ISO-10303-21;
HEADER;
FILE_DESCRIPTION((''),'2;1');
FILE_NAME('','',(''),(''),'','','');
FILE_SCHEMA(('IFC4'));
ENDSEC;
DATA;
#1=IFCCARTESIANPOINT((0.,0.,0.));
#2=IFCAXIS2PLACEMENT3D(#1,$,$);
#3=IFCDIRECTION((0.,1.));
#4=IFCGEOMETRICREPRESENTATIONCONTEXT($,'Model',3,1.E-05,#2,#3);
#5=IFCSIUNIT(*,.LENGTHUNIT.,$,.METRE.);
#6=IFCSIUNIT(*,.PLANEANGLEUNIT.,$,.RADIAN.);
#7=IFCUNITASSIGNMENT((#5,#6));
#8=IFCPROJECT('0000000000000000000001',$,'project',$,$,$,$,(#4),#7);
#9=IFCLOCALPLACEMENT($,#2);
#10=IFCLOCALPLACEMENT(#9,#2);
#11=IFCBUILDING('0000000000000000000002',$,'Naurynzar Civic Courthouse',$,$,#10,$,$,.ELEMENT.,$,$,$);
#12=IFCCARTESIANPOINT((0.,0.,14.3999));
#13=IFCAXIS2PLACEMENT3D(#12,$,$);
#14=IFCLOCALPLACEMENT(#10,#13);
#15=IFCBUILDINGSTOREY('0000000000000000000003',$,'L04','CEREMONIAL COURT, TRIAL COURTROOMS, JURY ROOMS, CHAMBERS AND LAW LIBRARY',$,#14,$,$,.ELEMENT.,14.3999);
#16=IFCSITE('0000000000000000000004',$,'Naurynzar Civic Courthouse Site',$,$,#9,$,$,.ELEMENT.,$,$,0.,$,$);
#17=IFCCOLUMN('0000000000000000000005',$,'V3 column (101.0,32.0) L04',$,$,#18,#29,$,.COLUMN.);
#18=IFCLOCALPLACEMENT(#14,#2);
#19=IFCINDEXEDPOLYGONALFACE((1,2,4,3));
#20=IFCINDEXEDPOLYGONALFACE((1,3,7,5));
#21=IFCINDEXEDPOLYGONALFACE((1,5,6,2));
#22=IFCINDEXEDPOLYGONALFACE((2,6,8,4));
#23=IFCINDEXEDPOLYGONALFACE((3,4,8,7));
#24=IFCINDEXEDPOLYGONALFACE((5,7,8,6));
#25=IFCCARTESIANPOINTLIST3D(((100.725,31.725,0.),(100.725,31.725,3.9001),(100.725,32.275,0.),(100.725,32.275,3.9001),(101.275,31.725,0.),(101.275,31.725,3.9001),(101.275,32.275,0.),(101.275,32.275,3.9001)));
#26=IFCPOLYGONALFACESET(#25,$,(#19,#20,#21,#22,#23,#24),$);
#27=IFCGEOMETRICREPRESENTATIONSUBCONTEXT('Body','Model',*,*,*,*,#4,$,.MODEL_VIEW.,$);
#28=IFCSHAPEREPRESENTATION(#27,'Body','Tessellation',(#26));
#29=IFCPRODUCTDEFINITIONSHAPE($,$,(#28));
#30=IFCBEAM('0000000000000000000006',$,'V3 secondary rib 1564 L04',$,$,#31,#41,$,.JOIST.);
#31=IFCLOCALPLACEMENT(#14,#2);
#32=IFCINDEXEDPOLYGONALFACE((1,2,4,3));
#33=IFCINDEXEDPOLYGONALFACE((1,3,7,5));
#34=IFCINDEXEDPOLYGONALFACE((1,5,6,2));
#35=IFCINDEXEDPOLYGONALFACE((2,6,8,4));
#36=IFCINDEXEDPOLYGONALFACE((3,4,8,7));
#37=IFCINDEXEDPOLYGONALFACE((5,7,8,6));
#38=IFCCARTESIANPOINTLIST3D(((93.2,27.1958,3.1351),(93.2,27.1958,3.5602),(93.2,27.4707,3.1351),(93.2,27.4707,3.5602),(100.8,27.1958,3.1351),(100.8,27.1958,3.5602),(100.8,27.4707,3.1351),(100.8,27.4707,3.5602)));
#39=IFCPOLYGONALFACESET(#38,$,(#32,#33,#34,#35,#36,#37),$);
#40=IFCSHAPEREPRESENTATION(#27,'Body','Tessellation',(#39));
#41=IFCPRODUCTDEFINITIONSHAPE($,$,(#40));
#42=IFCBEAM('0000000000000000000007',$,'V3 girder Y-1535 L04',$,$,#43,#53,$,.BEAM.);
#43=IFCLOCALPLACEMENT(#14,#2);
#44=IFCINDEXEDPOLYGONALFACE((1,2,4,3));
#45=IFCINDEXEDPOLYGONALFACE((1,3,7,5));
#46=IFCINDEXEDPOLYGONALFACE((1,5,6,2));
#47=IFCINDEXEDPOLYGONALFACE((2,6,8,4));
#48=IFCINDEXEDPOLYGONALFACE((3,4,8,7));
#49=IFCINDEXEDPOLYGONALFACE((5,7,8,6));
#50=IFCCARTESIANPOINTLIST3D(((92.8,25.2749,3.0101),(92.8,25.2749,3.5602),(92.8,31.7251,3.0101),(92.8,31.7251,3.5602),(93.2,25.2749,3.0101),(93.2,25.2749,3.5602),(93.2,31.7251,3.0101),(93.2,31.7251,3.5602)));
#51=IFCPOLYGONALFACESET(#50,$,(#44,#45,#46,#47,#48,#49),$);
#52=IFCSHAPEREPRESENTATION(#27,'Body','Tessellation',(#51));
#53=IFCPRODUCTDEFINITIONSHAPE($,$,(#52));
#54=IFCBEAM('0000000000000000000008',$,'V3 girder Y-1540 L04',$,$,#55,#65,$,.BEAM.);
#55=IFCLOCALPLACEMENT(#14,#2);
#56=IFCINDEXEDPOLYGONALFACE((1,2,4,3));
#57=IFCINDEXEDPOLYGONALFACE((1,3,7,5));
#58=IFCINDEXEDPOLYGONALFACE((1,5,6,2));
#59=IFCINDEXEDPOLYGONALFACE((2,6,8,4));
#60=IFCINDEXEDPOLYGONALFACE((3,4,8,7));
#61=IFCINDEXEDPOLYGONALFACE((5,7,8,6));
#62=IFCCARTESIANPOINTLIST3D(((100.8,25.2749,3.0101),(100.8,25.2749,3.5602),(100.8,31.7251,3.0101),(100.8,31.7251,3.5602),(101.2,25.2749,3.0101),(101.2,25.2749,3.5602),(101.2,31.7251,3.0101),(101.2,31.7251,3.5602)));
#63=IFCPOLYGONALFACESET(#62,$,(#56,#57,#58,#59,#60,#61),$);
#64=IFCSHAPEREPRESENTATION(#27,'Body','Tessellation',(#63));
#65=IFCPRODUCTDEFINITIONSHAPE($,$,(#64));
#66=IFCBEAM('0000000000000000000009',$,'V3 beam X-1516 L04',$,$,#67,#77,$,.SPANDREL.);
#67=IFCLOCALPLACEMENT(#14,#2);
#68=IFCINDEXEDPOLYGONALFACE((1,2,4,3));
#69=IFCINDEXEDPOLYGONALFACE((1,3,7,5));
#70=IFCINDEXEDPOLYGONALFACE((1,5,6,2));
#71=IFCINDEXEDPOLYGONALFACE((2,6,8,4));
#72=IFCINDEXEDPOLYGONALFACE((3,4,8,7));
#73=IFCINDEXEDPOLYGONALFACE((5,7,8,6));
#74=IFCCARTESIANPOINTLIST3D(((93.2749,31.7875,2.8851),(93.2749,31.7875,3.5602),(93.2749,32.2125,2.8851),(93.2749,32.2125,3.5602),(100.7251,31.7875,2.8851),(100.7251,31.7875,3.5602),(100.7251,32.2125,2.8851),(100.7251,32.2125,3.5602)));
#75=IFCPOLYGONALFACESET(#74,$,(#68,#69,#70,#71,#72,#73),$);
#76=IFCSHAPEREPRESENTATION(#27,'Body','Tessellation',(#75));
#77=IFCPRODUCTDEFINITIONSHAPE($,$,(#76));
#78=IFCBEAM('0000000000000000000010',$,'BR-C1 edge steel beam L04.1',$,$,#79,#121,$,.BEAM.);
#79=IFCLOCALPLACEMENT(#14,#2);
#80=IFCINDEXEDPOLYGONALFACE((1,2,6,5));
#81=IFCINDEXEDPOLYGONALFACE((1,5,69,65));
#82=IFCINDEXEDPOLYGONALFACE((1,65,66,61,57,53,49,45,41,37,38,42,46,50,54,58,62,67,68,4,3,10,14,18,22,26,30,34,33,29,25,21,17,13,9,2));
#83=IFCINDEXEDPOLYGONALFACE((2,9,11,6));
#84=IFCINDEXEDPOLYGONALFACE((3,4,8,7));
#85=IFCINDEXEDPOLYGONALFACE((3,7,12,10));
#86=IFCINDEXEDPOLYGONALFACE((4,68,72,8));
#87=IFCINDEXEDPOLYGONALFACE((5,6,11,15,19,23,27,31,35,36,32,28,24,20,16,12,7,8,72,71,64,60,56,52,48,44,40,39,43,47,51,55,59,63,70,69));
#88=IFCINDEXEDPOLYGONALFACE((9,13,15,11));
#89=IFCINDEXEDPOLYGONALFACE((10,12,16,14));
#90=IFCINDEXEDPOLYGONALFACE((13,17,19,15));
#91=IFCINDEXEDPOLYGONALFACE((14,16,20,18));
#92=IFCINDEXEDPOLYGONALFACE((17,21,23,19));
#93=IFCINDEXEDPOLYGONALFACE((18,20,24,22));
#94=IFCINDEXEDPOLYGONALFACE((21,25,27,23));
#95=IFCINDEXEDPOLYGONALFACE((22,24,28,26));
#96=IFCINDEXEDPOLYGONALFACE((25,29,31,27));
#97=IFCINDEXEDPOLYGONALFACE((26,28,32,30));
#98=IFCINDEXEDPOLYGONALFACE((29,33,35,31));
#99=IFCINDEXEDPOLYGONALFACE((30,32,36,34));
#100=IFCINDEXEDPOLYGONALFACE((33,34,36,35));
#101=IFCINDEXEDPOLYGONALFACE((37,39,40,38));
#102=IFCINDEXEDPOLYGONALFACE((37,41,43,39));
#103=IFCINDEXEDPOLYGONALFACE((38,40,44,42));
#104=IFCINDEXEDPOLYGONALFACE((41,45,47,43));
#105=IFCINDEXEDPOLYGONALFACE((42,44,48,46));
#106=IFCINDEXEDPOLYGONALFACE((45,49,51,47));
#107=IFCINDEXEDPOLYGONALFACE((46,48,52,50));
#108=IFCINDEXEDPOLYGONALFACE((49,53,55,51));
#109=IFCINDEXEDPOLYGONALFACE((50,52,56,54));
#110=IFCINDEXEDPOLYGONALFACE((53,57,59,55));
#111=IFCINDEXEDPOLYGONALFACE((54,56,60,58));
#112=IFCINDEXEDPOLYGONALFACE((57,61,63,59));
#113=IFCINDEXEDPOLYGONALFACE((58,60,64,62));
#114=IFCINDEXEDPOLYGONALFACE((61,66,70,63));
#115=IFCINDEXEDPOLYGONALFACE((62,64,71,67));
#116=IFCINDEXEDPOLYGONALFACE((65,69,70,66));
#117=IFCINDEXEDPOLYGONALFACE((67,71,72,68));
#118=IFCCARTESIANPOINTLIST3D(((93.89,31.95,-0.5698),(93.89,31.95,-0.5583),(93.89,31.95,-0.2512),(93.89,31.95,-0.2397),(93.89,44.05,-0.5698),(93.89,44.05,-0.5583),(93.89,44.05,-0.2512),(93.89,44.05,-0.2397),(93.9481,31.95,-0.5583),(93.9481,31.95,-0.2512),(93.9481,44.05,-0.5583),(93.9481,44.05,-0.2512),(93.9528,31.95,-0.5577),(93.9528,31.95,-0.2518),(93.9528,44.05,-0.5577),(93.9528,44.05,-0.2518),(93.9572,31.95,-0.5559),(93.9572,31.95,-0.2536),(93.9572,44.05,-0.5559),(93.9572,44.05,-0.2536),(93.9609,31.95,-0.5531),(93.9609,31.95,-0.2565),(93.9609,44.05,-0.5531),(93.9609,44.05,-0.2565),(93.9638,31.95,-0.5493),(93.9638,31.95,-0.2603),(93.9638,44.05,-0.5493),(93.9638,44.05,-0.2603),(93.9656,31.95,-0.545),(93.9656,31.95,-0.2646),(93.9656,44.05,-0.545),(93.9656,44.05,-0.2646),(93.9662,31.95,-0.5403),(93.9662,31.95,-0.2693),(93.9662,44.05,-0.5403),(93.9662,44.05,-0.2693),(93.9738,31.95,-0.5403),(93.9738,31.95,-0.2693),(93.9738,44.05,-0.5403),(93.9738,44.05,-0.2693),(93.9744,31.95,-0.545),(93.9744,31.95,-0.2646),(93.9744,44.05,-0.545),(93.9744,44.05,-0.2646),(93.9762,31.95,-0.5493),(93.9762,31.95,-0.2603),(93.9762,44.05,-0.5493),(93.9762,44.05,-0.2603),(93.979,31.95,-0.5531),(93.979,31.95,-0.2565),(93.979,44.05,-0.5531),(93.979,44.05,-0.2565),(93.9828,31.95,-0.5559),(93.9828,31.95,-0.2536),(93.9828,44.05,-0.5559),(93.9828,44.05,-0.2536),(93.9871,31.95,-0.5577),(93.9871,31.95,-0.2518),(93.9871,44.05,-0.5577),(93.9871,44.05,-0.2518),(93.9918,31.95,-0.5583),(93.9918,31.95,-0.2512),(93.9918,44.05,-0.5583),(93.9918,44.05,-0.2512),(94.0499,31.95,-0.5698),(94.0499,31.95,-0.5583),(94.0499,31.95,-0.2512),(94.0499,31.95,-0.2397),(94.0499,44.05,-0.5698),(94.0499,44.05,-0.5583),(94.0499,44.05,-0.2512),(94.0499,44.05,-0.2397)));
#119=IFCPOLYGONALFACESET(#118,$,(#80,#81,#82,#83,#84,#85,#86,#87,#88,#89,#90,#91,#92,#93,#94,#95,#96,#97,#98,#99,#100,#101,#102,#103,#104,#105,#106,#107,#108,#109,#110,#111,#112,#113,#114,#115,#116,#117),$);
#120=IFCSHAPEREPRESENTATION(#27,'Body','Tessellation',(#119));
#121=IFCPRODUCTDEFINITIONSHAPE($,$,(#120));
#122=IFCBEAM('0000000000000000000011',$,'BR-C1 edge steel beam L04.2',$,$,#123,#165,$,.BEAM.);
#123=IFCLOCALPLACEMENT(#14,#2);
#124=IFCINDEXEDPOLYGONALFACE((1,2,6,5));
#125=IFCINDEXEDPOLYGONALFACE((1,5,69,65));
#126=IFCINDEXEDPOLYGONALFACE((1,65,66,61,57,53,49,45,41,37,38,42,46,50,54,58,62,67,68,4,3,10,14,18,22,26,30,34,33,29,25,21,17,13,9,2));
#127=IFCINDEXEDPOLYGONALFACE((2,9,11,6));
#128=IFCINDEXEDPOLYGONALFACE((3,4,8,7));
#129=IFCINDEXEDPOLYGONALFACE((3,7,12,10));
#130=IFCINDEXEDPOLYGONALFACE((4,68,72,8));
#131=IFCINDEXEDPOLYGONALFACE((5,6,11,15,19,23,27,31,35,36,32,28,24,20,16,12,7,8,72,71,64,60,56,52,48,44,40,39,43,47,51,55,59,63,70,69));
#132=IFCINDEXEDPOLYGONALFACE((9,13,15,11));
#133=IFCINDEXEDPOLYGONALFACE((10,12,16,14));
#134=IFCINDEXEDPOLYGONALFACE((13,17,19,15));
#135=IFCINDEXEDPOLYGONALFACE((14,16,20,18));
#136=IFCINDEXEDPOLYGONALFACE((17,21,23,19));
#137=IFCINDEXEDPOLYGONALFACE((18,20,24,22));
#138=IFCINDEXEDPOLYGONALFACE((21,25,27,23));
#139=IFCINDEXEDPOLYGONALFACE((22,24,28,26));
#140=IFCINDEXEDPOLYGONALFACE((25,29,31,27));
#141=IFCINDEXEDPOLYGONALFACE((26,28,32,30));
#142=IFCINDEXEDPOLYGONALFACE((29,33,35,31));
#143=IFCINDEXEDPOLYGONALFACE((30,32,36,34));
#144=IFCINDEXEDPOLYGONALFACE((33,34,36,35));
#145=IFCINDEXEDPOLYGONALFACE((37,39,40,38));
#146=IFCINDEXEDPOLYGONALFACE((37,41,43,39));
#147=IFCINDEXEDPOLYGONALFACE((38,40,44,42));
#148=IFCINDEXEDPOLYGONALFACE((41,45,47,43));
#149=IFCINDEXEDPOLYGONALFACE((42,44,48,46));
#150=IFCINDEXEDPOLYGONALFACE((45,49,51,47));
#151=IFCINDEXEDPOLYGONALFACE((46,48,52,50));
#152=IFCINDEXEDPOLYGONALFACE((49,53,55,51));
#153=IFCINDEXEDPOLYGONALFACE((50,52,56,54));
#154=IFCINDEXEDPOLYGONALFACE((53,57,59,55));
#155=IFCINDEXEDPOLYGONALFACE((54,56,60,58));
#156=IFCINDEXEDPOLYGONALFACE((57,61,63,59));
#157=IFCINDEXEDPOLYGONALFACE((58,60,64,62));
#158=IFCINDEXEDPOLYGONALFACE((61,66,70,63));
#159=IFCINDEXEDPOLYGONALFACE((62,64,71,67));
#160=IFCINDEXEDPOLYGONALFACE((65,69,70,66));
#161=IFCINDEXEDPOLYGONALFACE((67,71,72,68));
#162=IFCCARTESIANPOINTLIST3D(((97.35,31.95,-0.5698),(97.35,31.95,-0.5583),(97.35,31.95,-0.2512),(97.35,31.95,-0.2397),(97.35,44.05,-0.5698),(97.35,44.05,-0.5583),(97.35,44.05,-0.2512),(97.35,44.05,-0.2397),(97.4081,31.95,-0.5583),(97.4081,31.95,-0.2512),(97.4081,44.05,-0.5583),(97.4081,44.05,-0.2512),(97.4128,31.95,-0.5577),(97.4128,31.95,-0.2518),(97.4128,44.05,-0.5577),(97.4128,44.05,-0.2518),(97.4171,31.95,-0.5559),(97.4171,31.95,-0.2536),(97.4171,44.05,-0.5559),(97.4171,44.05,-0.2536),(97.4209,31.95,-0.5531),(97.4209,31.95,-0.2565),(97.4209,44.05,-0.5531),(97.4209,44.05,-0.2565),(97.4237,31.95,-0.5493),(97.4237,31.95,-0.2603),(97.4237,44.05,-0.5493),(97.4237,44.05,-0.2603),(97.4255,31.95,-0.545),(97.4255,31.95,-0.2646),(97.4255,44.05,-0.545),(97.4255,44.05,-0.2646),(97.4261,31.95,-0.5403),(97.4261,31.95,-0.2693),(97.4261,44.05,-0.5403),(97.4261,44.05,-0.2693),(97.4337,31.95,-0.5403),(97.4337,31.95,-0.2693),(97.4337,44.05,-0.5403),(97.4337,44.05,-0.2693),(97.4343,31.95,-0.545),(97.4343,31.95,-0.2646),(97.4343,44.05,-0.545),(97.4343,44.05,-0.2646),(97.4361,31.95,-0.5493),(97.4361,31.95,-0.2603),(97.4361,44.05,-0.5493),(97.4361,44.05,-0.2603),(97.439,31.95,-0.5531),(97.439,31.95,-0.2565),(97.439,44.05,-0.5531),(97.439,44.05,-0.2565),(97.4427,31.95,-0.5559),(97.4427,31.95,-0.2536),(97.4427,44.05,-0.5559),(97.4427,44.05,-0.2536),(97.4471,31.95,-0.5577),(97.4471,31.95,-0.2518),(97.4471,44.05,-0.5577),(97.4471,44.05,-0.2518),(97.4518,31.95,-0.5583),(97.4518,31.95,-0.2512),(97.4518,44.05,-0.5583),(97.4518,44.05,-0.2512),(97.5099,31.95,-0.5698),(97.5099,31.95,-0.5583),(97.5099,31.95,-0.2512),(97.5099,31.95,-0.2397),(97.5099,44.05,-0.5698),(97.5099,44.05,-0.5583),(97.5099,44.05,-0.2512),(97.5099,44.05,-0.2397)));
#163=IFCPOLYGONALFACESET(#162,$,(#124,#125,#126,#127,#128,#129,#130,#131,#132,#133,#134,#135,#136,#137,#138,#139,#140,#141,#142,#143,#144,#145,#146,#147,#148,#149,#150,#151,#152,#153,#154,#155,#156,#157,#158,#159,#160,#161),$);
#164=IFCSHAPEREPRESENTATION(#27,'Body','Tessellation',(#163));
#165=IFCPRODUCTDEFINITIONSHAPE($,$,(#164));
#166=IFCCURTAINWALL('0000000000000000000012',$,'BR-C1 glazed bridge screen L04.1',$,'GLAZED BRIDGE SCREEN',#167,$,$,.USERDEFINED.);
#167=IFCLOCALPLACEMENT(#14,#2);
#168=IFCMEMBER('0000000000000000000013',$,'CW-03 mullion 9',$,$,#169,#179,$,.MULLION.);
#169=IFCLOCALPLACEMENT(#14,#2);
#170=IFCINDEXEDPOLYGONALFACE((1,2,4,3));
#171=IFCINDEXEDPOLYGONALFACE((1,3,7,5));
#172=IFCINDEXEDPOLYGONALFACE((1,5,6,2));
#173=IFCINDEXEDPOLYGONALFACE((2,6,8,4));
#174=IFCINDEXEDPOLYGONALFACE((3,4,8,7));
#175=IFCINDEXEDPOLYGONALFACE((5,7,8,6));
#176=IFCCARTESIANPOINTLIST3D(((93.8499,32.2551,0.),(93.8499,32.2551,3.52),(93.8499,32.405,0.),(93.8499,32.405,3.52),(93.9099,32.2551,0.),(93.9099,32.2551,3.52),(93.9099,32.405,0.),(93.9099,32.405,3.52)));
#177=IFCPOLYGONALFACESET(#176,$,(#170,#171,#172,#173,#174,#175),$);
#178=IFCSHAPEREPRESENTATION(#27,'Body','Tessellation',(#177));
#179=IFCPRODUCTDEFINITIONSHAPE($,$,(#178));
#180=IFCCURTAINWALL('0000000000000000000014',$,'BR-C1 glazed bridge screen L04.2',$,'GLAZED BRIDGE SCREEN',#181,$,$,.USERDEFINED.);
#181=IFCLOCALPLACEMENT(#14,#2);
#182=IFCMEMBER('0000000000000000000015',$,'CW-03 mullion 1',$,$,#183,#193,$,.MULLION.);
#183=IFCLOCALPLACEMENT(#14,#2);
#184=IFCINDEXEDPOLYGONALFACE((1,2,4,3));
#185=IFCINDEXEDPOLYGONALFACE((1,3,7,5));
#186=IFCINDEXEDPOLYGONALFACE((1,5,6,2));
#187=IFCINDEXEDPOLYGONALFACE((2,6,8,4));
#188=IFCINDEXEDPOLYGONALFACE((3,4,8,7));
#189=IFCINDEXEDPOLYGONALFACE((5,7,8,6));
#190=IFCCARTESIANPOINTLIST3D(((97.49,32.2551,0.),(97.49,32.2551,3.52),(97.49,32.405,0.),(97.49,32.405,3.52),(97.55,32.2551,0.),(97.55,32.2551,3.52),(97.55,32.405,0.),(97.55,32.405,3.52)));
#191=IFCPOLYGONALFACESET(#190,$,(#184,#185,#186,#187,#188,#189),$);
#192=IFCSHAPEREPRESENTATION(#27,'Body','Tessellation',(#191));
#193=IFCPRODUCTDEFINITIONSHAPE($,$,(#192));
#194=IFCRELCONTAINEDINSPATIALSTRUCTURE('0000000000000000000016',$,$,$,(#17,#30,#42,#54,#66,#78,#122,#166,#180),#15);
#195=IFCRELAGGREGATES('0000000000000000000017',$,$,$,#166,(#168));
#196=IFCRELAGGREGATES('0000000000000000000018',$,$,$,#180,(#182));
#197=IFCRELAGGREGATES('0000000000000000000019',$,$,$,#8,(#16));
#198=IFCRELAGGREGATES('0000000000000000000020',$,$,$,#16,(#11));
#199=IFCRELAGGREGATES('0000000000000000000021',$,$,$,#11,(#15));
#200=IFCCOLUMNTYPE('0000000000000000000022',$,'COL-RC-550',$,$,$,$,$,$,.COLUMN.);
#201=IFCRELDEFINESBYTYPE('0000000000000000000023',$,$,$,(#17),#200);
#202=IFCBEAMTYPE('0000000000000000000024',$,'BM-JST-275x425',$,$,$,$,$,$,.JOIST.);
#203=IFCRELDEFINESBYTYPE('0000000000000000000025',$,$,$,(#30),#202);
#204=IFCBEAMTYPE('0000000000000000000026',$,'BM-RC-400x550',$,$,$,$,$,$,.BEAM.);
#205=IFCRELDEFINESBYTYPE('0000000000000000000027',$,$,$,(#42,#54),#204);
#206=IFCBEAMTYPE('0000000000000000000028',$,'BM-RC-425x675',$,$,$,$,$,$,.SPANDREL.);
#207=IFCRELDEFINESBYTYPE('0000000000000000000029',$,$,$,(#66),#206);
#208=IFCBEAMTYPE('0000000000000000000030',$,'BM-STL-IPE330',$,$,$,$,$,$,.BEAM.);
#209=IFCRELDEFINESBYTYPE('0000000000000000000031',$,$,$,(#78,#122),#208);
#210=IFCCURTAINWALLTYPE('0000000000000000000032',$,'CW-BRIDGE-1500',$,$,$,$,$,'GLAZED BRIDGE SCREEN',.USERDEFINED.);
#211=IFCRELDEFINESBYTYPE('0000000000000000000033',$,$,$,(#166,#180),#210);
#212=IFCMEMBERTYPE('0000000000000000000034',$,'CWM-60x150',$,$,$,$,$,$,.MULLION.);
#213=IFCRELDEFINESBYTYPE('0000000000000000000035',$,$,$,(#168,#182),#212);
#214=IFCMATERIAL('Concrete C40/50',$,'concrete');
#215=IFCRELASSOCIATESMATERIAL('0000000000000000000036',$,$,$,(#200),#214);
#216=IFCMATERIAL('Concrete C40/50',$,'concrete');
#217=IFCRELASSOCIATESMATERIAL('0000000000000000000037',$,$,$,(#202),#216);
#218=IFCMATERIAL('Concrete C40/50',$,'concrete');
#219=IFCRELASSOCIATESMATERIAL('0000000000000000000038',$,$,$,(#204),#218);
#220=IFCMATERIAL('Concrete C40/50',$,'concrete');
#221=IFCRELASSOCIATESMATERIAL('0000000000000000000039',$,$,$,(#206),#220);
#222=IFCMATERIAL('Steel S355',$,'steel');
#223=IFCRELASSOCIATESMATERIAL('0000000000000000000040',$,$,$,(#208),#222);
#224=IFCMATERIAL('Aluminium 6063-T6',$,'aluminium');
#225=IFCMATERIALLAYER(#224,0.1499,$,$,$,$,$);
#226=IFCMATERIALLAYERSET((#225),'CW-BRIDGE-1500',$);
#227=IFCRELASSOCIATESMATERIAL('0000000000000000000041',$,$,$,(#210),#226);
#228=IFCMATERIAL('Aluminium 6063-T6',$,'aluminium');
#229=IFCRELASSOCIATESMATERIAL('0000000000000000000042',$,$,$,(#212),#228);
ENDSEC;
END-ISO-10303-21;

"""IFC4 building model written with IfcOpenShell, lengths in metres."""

from ifc_helpers import new_model, si_unit, direction, frame, origin, origin_2d, place, context, subcontext, project, spatial, rectangle, i_section, extrude, material, layer, layer_set, material_profile, profile_set, type_object, element, aggregate, save


model = new_model("IFC4")

# Units and contexts
model_context = context("Model", 3, precision=1e-05, world=origin(), true_north=direction((0.0, 1.0)))
body_context = subcontext(model_context, "Body", "Model", "MODEL_VIEW")
ifc_project = project(units=[si_unit("LENGTHUNIT", "METRE"), si_unit("PLANEANGLEUNIT", "RADIAN")], contexts=[model_context])

# Site, building, storey
site_placement = place(None, origin())
site = spatial("IfcSite", under=ifc_project, at=site_placement, Name="Naurynzar Civic Courthouse Site", CompositionType="ELEMENT", RefElevation=0.0)
building_placement = place(site_placement, origin())
building = spatial("IfcBuilding", under=site, at=building_placement, Name="Naurynzar Civic Courthouse", CompositionType="ELEMENT")
storey_placement = place(building_placement, frame((0.0, 0.0, 14.3999)))
storey = spatial("IfcBuildingStorey", under=building, at=storey_placement, Name="L04", Description="CEREMONIAL COURT, TRIAL COURTROOMS, JURY ROOMS, CHAMBERS AND LAW LIBRARY", CompositionType="ELEMENT", Elevation=14.3999)

# Column
ifc_material_1 = material(Name="Concrete C40/50", Category="concrete")
ifc_material_profile_1 = material_profile(ifc_material_1, rectangle(XDim=0.55, YDim=0.55, at=origin_2d()), Name="RC 550x550")
ifc_profile_set_1 = profile_set([ifc_material_profile_1], Name="Concrete C40/50")
column_type = type_object("IfcColumnType", Name="COL-RC-550", PredefinedType="COLUMN", material=ifc_profile_set_1)
column_placement = place(storey_placement, frame((101.0, 32.0, 0.0), z_axis=(0.0, 0.0, 1.0), x_axis=(1.0, 0.0, 0.0)))
element("IfcColumn", 1, at=column_placement, inside=storey, type_object=column_type, Name="V3 column (101.0,32.0) L04", PredefinedType="COLUMN", context=body_context, shape_type="SweptSolid", body=[
    extrude(rectangle(XDim=0.55, YDim=0.55, at=origin_2d()), origin(), (0.0, 0.0, 1.0), 3.9001),
])

# Beams
ifc_material_2 = material(Name="Concrete C40/50", Category="concrete")
ifc_material_profile_2 = material_profile(ifc_material_2, rectangle(XDim=0.2749, YDim=0.425, at=origin_2d()), Name="RCB 275x425")
ifc_profile_set_2 = profile_set([ifc_material_profile_2], Name="Concrete C40/50")
beam_type_1 = type_object("IfcBeamType", Name="BM-JST-275x425", PredefinedType="JOIST", material=ifc_profile_set_2)
beam_1_placement = place(storey_placement, frame((93.2, 27.3333, 3.3477), z_axis=(1.0, 0.0, 0.0), x_axis=(0.0, 1.0, 0.0)))
element("IfcBeam", 2, at=beam_1_placement, inside=storey, type_object=beam_type_1, Name="V3 secondary rib 1564 L04", PredefinedType="JOIST", context=body_context, shape_type="SweptSolid", body=[
    extrude(rectangle(XDim=0.2749, YDim=0.425, at=origin_2d()), origin(), (0.0, 0.0, 1.0), 7.6001),
])
ifc_material_3 = material(Name="Concrete C40/50", Category="concrete")
ifc_material_profile_3 = material_profile(ifc_material_3, rectangle(XDim=0.3999, YDim=0.55, at=origin_2d()), Name="RCB 400x550")
ifc_profile_set_3 = profile_set([ifc_material_profile_3], Name="Concrete C40/50")
beam_type_2 = type_object("IfcBeamType", Name="BM-RC-400x550", PredefinedType="BEAM", material=ifc_profile_set_3)
for number, where, z_axis, x_axis, name in (
    (3, (93.0, 25.2749, 3.2852), (0.0, 1.0, 0.0), (-1.0, 0.0, 0.0), "V3 girder Y-1535 L04"),
    (4, (101.0, 25.2749, 3.2852), (0.0, 1.0, 0.0), (-1.0, 0.0, 0.0), "V3 girder Y-1540 L04"),
):
    element("IfcBeam", number, at=place(storey_placement, frame(where, z_axis=z_axis, x_axis=x_axis)), inside=storey, type_object=beam_type_2, Name=name, PredefinedType="BEAM", context=body_context, shape_type="SweptSolid", body=[
        extrude(rectangle(XDim=0.3999, YDim=0.55, at=origin_2d()), origin(), (0.0, 0.0, 1.0), 6.4502),
    ])
ifc_material_4 = material(Name="Concrete C40/50", Category="concrete")
ifc_material_profile_4 = material_profile(ifc_material_4, rectangle(XDim=0.425, YDim=0.675, at=origin_2d()), Name="RCB 425x675")
ifc_profile_set_4 = profile_set([ifc_material_profile_4], Name="Concrete C40/50")
beam_type_3 = type_object("IfcBeamType", Name="BM-RC-425x675", PredefinedType="SPANDREL", material=ifc_profile_set_4)
beam_2_placement = place(storey_placement, frame((93.2749, 32.0, 3.2227), z_axis=(1.0, 0.0, 0.0), x_axis=(0.0, 1.0, 0.0)))
element("IfcBeam", 5, at=beam_2_placement, inside=storey, type_object=beam_type_3, Name="V3 beam X-1516 L04", PredefinedType="SPANDREL", context=body_context, shape_type="SweptSolid", body=[
    extrude(rectangle(XDim=0.425, YDim=0.675, at=origin_2d()), origin(), (0.0, 0.0, 1.0), 7.4502),
])
ifc_material_5 = material(Name="Steel S355", Category="steel")
ifc_material_profile_5 = material_profile(ifc_material_5, i_section(OverallWidth=0.1599, OverallDepth=0.3301, WebThickness=0.0076, FlangeThickness=0.0115, FilletRadius=0.0181, at=origin_2d()), Name="IPE 330")
ifc_profile_set_5 = profile_set([ifc_material_profile_5], Name="Steel S355")
beam_type_4 = type_object("IfcBeamType", Name="BM-STL-IPE330", PredefinedType="BEAM", material=ifc_profile_set_5)
for number, where, z_axis, x_axis, name in (
    (6, (93.97, 31.95, -0.4048), (0.0, 1.0, 0.0), (-1.0, 0.0, 0.0), "BR-C1 edge steel beam L04.1"),
    (7, (97.4299, 31.95, -0.4048), (0.0, 1.0, 0.0), (-1.0, 0.0, 0.0), "BR-C1 edge steel beam L04.2"),
):
    element("IfcBeam", number, at=place(storey_placement, frame(where, z_axis=z_axis, x_axis=x_axis)), inside=storey, type_object=beam_type_4, Name=name, PredefinedType="BEAM", context=body_context, shape_type="SweptSolid", body=[
        extrude(i_section(OverallWidth=0.1599, OverallDepth=0.3301, WebThickness=0.0076, FlangeThickness=0.0115, FilletRadius=0.0181, at=origin_2d()), origin(), (0.0, 0.0, 1.0), 12.1001),
    ])

# Curtain walls, members
ifc_material_6 = material(Name="Aluminium 6063-T6", Category="aluminium")
ifc_layer_1 = layer(ifc_material_6, 0.1499)
ifc_layer_set_1 = layer_set([ifc_layer_1], Name="CW-BRIDGE-1500")
curtain_wall_type = type_object("IfcCurtainWallType", Name="CW-BRIDGE-1500", ElementType="GLAZED BRIDGE SCREEN", PredefinedType="USERDEFINED", material=ifc_layer_set_1)
curtain_wall_1_placement = place(storey_placement, origin())
curtain_wall_1 = element("IfcCurtainWall", 8, at=curtain_wall_1_placement, inside=storey, type_object=curtain_wall_type, Name="BR-C1 glazed bridge screen L04.1", ObjectType="GLAZED BRIDGE SCREEN", PredefinedType="USERDEFINED")
ifc_material_7 = material(Name="Aluminium 6063-T6", Category="aluminium")
ifc_material_profile_6 = material_profile(ifc_material_7, rectangle(XDim=0.0601, YDim=0.1499, at=origin_2d()), Name="ALU MULLION 60x150")
ifc_profile_set_6 = profile_set([ifc_material_profile_6], Name="Aluminium 6063-T6")
member_type_1 = type_object("IfcMemberType", Name="CWM-60x150", PredefinedType="MULLION", material=ifc_profile_set_6)
member_1_placement = place(storey_placement, frame((93.8799, 32.3301, 0.0), z_axis=(0.0, 0.0, 1.0), x_axis=(1.0, 0.0, 0.0)))
member_1 = element("IfcMember", 9, at=member_1_placement, type_object=member_type_1, Name="CW-03 mullion 9", PredefinedType="MULLION", context=body_context, shape_type="SweptSolid", body=[
    extrude(rectangle(XDim=0.0601, YDim=0.1499, at=origin_2d()), origin(), (0.0, 0.0, 1.0), 3.52),
])
curtain_wall_2_placement = place(storey_placement, origin())
curtain_wall_2 = element("IfcCurtainWall", 10, at=curtain_wall_2_placement, inside=storey, type_object=curtain_wall_type, Name="BR-C1 glazed bridge screen L04.2", ObjectType="GLAZED BRIDGE SCREEN", PredefinedType="USERDEFINED")
member_2_placement = place(storey_placement, frame((97.52, 32.3301, 0.0), z_axis=(0.0, 0.0, 1.0), x_axis=(-1.0, 0.0, 0.0)))
member_2 = element("IfcMember", 11, at=member_2_placement, type_object=member_type_1, Name="CW-03 mullion 1", PredefinedType="MULLION", context=body_context, shape_type="SweptSolid", body=[
    extrude(rectangle(XDim=0.0601, YDim=0.1499, at=origin_2d()), origin(), (0.0, 0.0, 1.0), 3.52),
])

aggregate(curtain_wall_1, [member_1])
aggregate(curtain_wall_2, [member_2])

save(model, "model.ifc")
